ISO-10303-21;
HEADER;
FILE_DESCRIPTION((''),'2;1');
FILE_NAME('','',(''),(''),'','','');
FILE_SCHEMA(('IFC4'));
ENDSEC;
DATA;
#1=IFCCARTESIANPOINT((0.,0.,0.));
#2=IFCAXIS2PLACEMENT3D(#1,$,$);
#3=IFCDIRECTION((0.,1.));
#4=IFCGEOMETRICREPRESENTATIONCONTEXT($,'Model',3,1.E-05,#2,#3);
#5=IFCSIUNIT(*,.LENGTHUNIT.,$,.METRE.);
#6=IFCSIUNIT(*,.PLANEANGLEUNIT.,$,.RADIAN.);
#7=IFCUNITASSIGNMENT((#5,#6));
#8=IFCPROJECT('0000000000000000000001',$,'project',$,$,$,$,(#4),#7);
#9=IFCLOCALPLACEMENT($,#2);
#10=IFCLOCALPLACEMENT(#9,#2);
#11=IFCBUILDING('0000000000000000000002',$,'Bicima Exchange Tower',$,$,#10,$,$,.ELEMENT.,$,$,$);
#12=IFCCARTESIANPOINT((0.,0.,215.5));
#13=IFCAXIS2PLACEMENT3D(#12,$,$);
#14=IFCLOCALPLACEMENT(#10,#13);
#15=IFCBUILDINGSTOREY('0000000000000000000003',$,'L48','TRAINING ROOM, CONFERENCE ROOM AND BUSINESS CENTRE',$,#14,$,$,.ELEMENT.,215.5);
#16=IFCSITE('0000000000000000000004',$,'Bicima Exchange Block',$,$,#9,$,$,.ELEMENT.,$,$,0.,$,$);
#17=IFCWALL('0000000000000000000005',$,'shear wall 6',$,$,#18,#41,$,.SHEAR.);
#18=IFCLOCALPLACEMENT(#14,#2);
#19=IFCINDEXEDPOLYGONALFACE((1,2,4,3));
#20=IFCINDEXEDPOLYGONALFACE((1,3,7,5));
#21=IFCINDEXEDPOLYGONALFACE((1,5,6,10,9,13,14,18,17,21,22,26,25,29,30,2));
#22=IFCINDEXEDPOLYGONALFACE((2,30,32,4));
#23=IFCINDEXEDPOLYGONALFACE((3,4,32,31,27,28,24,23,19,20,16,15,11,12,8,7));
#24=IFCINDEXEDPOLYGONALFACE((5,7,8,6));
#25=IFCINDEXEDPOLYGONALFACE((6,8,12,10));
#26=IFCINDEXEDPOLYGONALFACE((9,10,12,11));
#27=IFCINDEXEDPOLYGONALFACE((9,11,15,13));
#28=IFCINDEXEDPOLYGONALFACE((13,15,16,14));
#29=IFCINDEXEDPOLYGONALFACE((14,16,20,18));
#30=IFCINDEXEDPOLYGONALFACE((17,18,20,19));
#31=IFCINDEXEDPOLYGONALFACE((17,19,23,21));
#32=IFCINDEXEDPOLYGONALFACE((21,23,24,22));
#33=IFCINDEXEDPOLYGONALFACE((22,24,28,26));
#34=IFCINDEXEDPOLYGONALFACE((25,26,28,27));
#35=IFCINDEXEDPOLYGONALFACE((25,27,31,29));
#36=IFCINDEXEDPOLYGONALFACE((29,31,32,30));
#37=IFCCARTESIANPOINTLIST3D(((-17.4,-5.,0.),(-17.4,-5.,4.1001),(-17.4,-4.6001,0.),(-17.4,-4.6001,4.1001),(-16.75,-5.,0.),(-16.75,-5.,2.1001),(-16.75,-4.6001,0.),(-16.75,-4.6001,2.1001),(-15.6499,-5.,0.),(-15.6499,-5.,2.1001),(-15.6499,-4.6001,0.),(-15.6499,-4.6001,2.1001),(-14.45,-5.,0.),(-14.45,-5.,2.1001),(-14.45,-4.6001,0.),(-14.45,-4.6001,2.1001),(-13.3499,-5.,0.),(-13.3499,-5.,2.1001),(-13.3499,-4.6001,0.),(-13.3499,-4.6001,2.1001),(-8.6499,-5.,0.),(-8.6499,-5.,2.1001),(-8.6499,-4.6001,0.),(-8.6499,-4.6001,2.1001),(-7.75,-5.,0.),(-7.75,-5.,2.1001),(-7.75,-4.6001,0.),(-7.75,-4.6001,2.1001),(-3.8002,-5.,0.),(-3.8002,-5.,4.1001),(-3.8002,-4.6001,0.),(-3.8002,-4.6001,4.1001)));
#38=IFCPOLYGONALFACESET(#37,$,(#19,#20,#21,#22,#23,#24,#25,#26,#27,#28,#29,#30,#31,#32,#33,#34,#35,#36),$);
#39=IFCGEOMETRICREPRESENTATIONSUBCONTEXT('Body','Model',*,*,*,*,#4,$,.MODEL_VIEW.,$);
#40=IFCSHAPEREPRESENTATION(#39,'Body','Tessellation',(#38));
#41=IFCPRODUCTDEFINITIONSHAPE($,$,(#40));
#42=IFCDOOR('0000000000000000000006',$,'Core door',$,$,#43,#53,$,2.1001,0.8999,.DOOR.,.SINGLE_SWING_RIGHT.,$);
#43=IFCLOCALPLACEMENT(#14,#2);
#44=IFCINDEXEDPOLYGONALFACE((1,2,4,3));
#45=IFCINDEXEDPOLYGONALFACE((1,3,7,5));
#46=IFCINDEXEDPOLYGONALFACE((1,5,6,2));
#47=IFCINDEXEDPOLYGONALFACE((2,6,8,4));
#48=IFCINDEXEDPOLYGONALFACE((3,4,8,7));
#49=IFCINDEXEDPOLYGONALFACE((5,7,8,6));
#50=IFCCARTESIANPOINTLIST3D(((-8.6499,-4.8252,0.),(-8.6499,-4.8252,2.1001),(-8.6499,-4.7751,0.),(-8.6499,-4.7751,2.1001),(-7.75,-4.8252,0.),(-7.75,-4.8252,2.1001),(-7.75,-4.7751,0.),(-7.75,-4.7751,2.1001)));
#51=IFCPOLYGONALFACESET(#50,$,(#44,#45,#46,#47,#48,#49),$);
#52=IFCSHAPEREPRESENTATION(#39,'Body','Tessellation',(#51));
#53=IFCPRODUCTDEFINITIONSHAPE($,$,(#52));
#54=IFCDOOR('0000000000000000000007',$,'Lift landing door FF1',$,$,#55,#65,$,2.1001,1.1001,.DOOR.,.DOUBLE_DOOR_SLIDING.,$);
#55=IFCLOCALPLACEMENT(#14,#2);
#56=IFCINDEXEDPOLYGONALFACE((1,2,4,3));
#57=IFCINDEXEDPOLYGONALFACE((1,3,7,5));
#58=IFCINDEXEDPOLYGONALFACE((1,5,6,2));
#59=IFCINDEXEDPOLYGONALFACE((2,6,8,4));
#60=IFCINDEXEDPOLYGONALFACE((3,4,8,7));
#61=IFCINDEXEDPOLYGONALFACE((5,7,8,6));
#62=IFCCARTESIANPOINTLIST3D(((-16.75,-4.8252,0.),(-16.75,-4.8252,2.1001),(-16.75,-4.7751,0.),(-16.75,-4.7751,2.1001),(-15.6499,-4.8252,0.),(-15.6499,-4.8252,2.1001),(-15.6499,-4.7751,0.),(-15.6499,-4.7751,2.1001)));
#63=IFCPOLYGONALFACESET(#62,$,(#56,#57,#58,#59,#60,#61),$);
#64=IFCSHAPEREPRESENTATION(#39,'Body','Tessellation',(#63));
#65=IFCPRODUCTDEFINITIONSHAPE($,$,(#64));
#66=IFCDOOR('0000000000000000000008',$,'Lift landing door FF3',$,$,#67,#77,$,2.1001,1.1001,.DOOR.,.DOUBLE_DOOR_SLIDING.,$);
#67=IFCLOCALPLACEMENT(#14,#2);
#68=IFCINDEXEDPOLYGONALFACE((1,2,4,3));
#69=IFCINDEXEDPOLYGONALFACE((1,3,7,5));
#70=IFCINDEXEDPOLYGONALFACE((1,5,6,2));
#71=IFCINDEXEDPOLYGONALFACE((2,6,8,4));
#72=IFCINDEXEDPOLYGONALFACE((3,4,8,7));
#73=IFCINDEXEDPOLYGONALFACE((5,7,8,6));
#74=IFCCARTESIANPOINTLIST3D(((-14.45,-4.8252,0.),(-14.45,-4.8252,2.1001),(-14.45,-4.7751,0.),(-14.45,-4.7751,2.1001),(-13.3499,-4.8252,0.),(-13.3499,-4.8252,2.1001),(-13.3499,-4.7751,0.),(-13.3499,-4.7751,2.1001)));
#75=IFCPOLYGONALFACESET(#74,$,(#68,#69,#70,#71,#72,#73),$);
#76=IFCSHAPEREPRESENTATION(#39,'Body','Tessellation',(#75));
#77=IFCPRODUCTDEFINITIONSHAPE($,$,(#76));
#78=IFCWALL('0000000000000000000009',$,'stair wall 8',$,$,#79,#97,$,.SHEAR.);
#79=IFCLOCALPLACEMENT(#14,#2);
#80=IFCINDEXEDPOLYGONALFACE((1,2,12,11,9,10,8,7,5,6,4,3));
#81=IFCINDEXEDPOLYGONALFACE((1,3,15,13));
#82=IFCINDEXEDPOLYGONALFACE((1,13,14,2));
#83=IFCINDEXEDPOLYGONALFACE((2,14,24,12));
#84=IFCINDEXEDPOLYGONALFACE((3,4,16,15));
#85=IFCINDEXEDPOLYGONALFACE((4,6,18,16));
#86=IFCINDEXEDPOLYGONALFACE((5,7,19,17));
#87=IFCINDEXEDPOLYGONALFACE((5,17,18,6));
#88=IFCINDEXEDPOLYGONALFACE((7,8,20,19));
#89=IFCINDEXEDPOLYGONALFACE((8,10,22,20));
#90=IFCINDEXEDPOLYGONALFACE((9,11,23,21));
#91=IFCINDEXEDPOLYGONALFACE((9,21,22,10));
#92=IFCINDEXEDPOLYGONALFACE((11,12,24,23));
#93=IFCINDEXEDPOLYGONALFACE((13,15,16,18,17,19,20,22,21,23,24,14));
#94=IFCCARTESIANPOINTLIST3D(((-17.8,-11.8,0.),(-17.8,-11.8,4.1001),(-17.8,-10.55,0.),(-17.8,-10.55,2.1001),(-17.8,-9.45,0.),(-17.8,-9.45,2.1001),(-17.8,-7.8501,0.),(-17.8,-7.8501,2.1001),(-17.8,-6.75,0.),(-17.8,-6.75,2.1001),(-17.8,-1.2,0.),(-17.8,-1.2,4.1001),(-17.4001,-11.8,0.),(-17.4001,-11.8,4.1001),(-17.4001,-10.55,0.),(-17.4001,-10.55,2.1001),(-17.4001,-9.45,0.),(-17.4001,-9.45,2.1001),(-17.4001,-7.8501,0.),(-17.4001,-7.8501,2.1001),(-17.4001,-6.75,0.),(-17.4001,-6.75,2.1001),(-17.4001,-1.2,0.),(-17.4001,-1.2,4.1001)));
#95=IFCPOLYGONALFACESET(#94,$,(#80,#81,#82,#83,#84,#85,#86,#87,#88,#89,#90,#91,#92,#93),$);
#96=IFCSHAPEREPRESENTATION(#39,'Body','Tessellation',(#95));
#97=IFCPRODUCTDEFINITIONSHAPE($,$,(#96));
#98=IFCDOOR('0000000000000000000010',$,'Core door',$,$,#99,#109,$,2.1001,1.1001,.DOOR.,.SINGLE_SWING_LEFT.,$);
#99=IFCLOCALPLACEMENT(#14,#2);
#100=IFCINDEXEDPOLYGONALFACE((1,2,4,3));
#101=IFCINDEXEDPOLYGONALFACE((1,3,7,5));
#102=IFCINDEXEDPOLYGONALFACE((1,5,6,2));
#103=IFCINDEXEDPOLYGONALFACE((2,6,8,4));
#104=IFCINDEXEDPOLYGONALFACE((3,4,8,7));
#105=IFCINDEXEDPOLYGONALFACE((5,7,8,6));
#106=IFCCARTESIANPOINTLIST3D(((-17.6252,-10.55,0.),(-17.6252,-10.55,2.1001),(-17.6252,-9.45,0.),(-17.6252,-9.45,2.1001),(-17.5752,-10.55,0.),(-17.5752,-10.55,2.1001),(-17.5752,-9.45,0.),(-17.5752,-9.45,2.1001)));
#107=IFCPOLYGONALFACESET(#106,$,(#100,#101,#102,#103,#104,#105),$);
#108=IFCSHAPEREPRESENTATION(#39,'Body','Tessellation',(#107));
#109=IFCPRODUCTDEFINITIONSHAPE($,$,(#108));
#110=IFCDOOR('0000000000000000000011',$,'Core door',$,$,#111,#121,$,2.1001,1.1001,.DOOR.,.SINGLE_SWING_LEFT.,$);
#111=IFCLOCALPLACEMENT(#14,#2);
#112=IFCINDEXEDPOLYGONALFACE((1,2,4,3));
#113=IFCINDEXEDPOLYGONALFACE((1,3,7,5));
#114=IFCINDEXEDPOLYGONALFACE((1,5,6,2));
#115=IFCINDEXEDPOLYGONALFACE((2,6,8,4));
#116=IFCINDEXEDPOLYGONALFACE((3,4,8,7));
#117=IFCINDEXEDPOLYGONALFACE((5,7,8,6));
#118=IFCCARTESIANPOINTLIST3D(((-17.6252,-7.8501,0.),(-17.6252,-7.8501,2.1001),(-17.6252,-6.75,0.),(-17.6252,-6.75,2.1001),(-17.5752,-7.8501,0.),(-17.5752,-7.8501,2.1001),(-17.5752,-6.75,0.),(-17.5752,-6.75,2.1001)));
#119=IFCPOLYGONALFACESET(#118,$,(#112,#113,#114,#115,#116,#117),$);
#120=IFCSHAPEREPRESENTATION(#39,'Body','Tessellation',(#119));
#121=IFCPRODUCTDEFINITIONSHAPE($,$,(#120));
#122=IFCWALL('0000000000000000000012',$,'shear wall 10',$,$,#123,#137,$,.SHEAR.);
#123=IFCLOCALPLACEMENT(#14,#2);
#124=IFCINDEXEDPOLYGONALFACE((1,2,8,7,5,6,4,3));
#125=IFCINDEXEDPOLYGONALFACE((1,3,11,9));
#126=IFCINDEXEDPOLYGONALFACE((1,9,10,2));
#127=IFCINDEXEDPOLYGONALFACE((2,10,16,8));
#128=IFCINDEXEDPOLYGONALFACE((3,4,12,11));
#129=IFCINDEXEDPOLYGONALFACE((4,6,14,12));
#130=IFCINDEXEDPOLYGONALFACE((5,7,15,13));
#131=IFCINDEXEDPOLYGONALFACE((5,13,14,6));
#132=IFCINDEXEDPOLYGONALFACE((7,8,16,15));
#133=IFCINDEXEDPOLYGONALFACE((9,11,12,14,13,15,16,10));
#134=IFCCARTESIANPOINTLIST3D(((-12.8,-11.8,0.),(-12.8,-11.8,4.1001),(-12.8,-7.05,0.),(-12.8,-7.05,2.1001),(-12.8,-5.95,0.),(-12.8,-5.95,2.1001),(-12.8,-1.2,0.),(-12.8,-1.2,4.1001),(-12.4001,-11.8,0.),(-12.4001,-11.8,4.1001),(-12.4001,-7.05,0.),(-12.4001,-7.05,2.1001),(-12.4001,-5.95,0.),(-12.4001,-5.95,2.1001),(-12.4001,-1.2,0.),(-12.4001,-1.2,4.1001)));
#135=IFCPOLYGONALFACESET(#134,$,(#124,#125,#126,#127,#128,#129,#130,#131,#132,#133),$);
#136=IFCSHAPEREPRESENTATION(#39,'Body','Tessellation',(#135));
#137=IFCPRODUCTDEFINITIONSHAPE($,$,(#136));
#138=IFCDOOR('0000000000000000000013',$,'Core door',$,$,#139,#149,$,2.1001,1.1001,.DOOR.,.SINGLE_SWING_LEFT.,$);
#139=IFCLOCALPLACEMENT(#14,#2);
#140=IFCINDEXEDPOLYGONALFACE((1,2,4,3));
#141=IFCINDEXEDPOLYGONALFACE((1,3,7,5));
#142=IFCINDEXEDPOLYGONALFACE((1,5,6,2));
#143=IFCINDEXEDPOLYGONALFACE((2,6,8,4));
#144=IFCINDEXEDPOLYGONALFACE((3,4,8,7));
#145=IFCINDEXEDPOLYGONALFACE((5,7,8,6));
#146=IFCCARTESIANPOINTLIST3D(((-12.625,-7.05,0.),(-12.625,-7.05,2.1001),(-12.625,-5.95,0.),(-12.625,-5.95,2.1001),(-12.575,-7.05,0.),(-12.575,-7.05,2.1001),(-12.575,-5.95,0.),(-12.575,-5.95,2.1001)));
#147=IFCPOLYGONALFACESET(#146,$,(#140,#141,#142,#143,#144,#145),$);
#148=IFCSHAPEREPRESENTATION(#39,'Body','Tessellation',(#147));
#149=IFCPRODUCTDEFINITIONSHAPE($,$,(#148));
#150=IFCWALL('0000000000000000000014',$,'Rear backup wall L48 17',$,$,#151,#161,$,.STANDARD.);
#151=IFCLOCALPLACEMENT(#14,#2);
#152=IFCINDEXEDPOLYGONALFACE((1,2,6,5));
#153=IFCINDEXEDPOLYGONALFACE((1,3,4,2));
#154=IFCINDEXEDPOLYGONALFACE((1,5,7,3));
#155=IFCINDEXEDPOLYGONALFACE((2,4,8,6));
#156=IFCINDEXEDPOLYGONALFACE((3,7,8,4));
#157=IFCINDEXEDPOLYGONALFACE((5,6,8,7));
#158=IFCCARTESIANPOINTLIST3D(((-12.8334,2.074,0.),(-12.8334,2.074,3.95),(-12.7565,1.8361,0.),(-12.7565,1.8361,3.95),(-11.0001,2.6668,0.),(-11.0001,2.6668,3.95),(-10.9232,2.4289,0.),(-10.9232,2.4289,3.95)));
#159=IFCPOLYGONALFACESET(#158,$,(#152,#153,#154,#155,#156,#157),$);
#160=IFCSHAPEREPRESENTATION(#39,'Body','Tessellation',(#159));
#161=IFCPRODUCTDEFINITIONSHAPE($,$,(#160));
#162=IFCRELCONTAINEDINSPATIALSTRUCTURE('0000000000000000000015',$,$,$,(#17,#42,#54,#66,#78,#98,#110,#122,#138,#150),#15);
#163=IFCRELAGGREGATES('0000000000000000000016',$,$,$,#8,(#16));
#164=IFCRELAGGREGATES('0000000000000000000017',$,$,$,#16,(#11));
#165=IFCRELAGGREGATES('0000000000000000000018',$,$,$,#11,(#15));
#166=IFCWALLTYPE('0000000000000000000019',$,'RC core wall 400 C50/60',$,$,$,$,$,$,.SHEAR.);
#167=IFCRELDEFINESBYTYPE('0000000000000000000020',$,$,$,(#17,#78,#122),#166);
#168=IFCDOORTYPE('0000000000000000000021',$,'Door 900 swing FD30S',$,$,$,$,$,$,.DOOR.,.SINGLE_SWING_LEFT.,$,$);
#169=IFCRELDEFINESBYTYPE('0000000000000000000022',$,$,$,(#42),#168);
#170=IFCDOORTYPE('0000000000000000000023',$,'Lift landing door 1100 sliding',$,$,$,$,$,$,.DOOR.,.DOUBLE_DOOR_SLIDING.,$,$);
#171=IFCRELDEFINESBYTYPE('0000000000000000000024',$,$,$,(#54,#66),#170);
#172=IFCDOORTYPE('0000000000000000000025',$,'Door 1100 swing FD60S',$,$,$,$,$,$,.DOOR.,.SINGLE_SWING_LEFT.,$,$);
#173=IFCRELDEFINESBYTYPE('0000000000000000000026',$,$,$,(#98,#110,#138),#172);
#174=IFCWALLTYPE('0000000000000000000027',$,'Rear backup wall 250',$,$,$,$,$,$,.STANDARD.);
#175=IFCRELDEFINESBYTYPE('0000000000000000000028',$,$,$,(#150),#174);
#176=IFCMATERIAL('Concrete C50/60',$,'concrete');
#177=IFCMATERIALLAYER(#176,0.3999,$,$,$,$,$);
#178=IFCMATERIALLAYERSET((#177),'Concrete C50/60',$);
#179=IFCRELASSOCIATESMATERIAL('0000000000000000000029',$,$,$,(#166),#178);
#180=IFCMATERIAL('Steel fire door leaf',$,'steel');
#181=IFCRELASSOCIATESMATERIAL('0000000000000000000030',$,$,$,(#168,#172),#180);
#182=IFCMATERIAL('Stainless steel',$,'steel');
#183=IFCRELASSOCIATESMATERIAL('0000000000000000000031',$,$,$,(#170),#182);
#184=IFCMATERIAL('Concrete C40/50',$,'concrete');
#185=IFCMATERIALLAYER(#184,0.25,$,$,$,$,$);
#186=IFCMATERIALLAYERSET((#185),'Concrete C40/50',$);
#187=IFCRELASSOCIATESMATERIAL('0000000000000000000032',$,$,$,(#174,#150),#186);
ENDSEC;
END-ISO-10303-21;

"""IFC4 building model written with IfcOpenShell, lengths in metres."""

from ifc_helpers import new_model, si_unit, direction, frame, frame_2d, origin, place, context, subcontext, project, spatial, rectangle, extrude, material, layer, layer_set, layer_usage, type_object, element, fill, save


model = new_model("IFC4")

# Units and contexts
model_context = context("Model", 3, precision=1e-05, world=origin(), true_north=direction((0.0, 1.0)))
body_context = subcontext(model_context, "Body", "Model", "MODEL_VIEW")
ifc_project = project(units=[si_unit("LENGTHUNIT", "METRE"), si_unit("PLANEANGLEUNIT", "RADIAN")], contexts=[model_context])

# Site, building, storey
site_placement = place(None, origin())
site = spatial("IfcSite", under=ifc_project, at=site_placement, Name="Bicima Exchange Block", CompositionType="ELEMENT", RefElevation=0.0)
building_placement = place(site_placement, origin())
building = spatial("IfcBuilding", under=site, at=building_placement, Name="Bicima Exchange Tower", CompositionType="ELEMENT")
storey_placement = place(building_placement, frame((0.0, 0.0, 215.5)))
storey = spatial("IfcBuildingStorey", under=building, at=storey_placement, Name="L48", Description="TRAINING ROOM, CONFERENCE ROOM AND BUSINESS CENTRE", CompositionType="ELEMENT", Elevation=215.5)

# Walls, openings, doors
ifc_material_1 = material(Name="Concrete C50/60", Category="concrete")
ifc_layer_1 = layer(ifc_material_1, 0.3999)
ifc_layer_set_1 = layer_set([ifc_layer_1], Name="Concrete C50/60")
wall_type_1 = type_object("IfcWallType", Name="RC core wall 400 C50/60", PredefinedType="SHEAR", material=ifc_layer_set_1)
ifc_material_2 = material(Name="Steel fire door leaf", Category="steel")
door_type_1 = type_object("IfcDoorType", Name="Door 900 swing FD30S", OperationType="SINGLE_SWING_LEFT", PredefinedType="DOOR", material=ifc_material_2)
ifc_material_3 = material(Name="Stainless steel", Category="steel")
wall_1_placement = place(storey_placement, frame((-17.3999, -4.8, 0.0), z_axis=(0.0, 0.0, 1.0), x_axis=(1.0, 0.0, 0.0)))
wall_1 = element("IfcWall", 1, at=wall_1_placement, inside=storey, type_object=wall_type_1, Name="shear wall 6", PredefinedType="SHEAR", context=body_context, shape_type="SweptSolid", body=[
    extrude(rectangle(XDim=13.5999, YDim=0.3999, at=frame_2d((6.7998, 0.0))), origin(), (0.0, 0.0, 1.0), 4.1001),
])
opening_1_placement = place(wall_1_placement, frame((0.6499, 0.0, 0.0)))
opening_1 = element("IfcOpeningElement", 2, at=opening_1_placement, cuts=wall_1, PredefinedType="OPENING", context=body_context, shape_type="SweptSolid", body=[
    extrude(rectangle(XDim=1.1001, YDim=2.1001, at=frame_2d((0.55, 1.05))), frame((0.0, 0.2119, 0.0), z_axis=(0.0, -1.0, 0.0), x_axis=(1.0, 0.0, 0.0)), (0.0, 0.0, 1.0), 0.4238),
])
opening_2_placement = place(wall_1_placement, frame((2.95, 0.0, 0.0)))
opening_2 = element("IfcOpeningElement", 3, at=opening_2_placement, cuts=wall_1, PredefinedType="OPENING", context=body_context, shape_type="SweptSolid", body=[
    extrude(rectangle(XDim=1.1001, YDim=2.1001, at=frame_2d((0.55, 1.05))), frame((0.0, 0.2119, 0.0), z_axis=(0.0, -1.0, 0.0), x_axis=(1.0, 0.0, 0.0)), (0.0, 0.0, 1.0), 0.4238),
])
opening_3_placement = place(wall_1_placement, frame((8.75, 0.0, 0.0)))
opening_3 = element("IfcOpeningElement", 4, at=opening_3_placement, cuts=wall_1, PredefinedType="OPENING", context=body_context, shape_type="SweptSolid", body=[
    extrude(rectangle(XDim=0.8999, YDim=2.1001, at=frame_2d((0.45, 1.05))), frame((0.0, 0.2119, 0.0), z_axis=(0.0, -1.0, 0.0), x_axis=(1.0, 0.0, 0.0)), (0.0, 0.0, 1.0), 0.4238),
])
door_1_placement = place(opening_3_placement, origin())
door_1 = element("IfcDoor", 5, at=door_1_placement, inside=storey, type_object=door_type_1, Name="Core door", OperationType="SINGLE_SWING_RIGHT", OverallHeight=2.1001, OverallWidth=0.8999, PredefinedType="DOOR", context=body_context, shape_type="SweptSolid", body=[
    extrude(rectangle(XDim=0.8999, YDim=2.1001, at=frame_2d((0.45, 1.05))), frame((0.0, 0.0249, 0.0), z_axis=(0.0, -1.0, 0.0), x_axis=(1.0, 0.0, 0.0)), (0.0, 0.0, 1.0), 0.05),
])
fill(opening_3, door_1)
door_type_2 = type_object("IfcDoorType", Name="Lift landing door 1100 sliding", OperationType="DOUBLE_DOOR_SLIDING", PredefinedType="DOOR", material=ifc_material_3)
door_2_placement = place(opening_1_placement, origin())
door_2 = element("IfcDoor", 6, at=door_2_placement, inside=storey, type_object=door_type_2, Name="Lift landing door FF1", OperationType="DOUBLE_DOOR_SLIDING", OverallHeight=2.1001, OverallWidth=1.1001, PredefinedType="DOOR", context=body_context, shape_type="SweptSolid", body=[
    extrude(rectangle(XDim=1.1001, YDim=2.1001, at=frame_2d((0.55, 1.05))), frame((0.0, 0.0249, 0.0), z_axis=(0.0, -1.0, 0.0), x_axis=(1.0, 0.0, 0.0)), (0.0, 0.0, 1.0), 0.05),
])
fill(opening_1, door_2)
door_3_placement = place(opening_2_placement, origin())
door_3 = element("IfcDoor", 7, at=door_3_placement, inside=storey, type_object=door_type_2, Name="Lift landing door FF3", OperationType="DOUBLE_DOOR_SLIDING", OverallHeight=2.1001, OverallWidth=1.1001, PredefinedType="DOOR", context=body_context, shape_type="SweptSolid", body=[
    extrude(rectangle(XDim=1.1001, YDim=2.1001, at=frame_2d((0.55, 1.05))), frame((0.0, 0.0249, 0.0), z_axis=(0.0, -1.0, 0.0), x_axis=(1.0, 0.0, 0.0)), (0.0, 0.0, 1.0), 0.05),
])
fill(opening_2, door_3)
wall_2_placement = place(storey_placement, frame((-17.6001, -11.8, 0.0), z_axis=(0.0, 0.0, 1.0), x_axis=(0.0, 1.0, 0.0)))
wall_2 = element("IfcWall", 8, at=wall_2_placement, inside=storey, type_object=wall_type_1, Name="stair wall 8", PredefinedType="SHEAR", context=body_context, shape_type="SweptSolid", body=[
    extrude(rectangle(XDim=10.6001, YDim=0.3999, at=frame_2d((5.3, 0.0))), origin(), (0.0, 0.0, 1.0), 4.1001),
])
opening_4_placement = place(wall_2_placement, frame((1.25, 0.0, 0.0)))
opening_4 = element("IfcOpeningElement", 9, at=opening_4_placement, cuts=wall_2, PredefinedType="OPENING", context=body_context, shape_type="SweptSolid", body=[
    extrude(rectangle(XDim=1.1001, YDim=2.1001, at=frame_2d((0.55, 1.05))), frame((0.0, 0.2119, 0.0), z_axis=(0.0, -1.0, 0.0), x_axis=(1.0, 0.0, 0.0)), (0.0, 0.0, 1.0), 0.4238),
])
opening_5_placement = place(wall_2_placement, frame((3.95, 0.0, 0.0)))
opening_5 = element("IfcOpeningElement", 10, at=opening_5_placement, cuts=wall_2, PredefinedType="OPENING", context=body_context, shape_type="SweptSolid", body=[
    extrude(rectangle(XDim=1.1001, YDim=2.1001, at=frame_2d((0.55, 1.05))), frame((0.0, 0.2119, 0.0), z_axis=(0.0, -1.0, 0.0), x_axis=(1.0, 0.0, 0.0)), (0.0, 0.0, 1.0), 0.4238),
])
door_type_3 = type_object("IfcDoorType", Name="Door 1100 swing FD60S", OperationType="SINGLE_SWING_LEFT", PredefinedType="DOOR", material=ifc_material_2)
door_4_placement = place(opening_4_placement, frame((1.1001, 0.0, 0.0), z_axis=(0.0, 0.0, 1.0), x_axis=(-1.0, 0.0, 0.0)))
door_4 = element("IfcDoor", 11, at=door_4_placement, inside=storey, type_object=door_type_3, Name="Core door", OperationType="SINGLE_SWING_LEFT", OverallHeight=2.1001, OverallWidth=1.1001, PredefinedType="DOOR", context=body_context, shape_type="SweptSolid", body=[
    extrude(rectangle(XDim=1.1001, YDim=2.1001, at=frame_2d((0.55, 1.05))), frame((0.0, 0.0249, 0.0), z_axis=(0.0, -1.0, 0.0), x_axis=(1.0, 0.0, 0.0)), (0.0, 0.0, 1.0), 0.05),
])
fill(opening_4, door_4)
door_5_placement = place(opening_5_placement, frame((1.1001, 0.0, 0.0), z_axis=(0.0, 0.0, 1.0), x_axis=(-1.0, 0.0, 0.0)))
door_5 = element("IfcDoor", 12, at=door_5_placement, inside=storey, type_object=door_type_3, Name="Core door", OperationType="SINGLE_SWING_LEFT", OverallHeight=2.1001, OverallWidth=1.1001, PredefinedType="DOOR", context=body_context, shape_type="SweptSolid", body=[
    extrude(rectangle(XDim=1.1001, YDim=2.1001, at=frame_2d((0.55, 1.05))), frame((0.0, 0.0249, 0.0), z_axis=(0.0, -1.0, 0.0), x_axis=(1.0, 0.0, 0.0)), (0.0, 0.0, 1.0), 0.05),
])
fill(opening_5, door_5)

# Wall, opening, door
wall_3_placement = place(storey_placement, frame((-12.6001, -11.8, 0.0), z_axis=(0.0, 0.0, 1.0), x_axis=(0.0, 1.0, 0.0)))
wall_3 = element("IfcWall", 13, at=wall_3_placement, inside=storey, type_object=wall_type_1, Name="shear wall 10", PredefinedType="SHEAR", context=body_context, shape_type="SweptSolid", body=[
    extrude(rectangle(XDim=10.6001, YDim=0.3999, at=frame_2d((5.3, 0.0))), origin(), (0.0, 0.0, 1.0), 4.1001),
])
opening_6_placement = place(wall_3_placement, frame((4.75, 0.0, 0.0)))
opening_6 = element("IfcOpeningElement", 14, at=opening_6_placement, cuts=wall_3, PredefinedType="OPENING", context=body_context, shape_type="SweptSolid", body=[
    extrude(rectangle(XDim=1.1001, YDim=2.1001, at=frame_2d((0.55, 1.05))), frame((0.0, 0.2119, 0.0), z_axis=(0.0, -1.0, 0.0), x_axis=(1.0, 0.0, 0.0)), (0.0, 0.0, 1.0), 0.4238),
])
door_6_placement = place(opening_6_placement, origin())
door_6 = element("IfcDoor", 15, at=door_6_placement, inside=storey, type_object=door_type_3, Name="Core door", OperationType="SINGLE_SWING_LEFT", OverallHeight=2.1001, OverallWidth=1.1001, PredefinedType="DOOR", context=body_context, shape_type="SweptSolid", body=[
    extrude(rectangle(XDim=1.1001, YDim=2.1001, at=frame_2d((0.55, 1.05))), frame((0.0, 0.0249, 0.0), z_axis=(0.0, -1.0, 0.0), x_axis=(1.0, 0.0, 0.0)), (0.0, 0.0, 1.0), 0.05),
])
fill(opening_6, door_6)

# Wall
ifc_material_4 = material(Name="Concrete C40/50", Category="concrete")
ifc_layer_2 = layer(ifc_material_4, 0.25)
ifc_layer_set_2 = layer_set([ifc_layer_2], Name="Concrete C40/50")
ifc_layer_usage = layer_usage(ifc_layer_set_2, "AXIS2", "POSITIVE", -0.125)
wall_type_2 = type_object("IfcWallType", Name="Rear backup wall 250", PredefinedType="STANDARD", material=ifc_layer_set_2)
wall_4_placement = place(storey_placement, frame((-10.9617, 2.5479, 0.0), z_axis=(0.0, 0.0, 1.0), x_axis=(-0.951496, -0.307662, 0.0)))
element("IfcWall", 16, at=wall_4_placement, inside=storey, type_object=wall_type_2, material=ifc_layer_usage, Name="Rear backup wall L48 17", PredefinedType="STANDARD", context=body_context, shape_type="SweptSolid", body=[
    extrude(rectangle(XDim=1.9268, YDim=0.25, at=frame_2d((0.9634, 0.0))), origin(), (0.0, 0.0, 1.0), 3.95),
])

save(model, "model.ifc")
